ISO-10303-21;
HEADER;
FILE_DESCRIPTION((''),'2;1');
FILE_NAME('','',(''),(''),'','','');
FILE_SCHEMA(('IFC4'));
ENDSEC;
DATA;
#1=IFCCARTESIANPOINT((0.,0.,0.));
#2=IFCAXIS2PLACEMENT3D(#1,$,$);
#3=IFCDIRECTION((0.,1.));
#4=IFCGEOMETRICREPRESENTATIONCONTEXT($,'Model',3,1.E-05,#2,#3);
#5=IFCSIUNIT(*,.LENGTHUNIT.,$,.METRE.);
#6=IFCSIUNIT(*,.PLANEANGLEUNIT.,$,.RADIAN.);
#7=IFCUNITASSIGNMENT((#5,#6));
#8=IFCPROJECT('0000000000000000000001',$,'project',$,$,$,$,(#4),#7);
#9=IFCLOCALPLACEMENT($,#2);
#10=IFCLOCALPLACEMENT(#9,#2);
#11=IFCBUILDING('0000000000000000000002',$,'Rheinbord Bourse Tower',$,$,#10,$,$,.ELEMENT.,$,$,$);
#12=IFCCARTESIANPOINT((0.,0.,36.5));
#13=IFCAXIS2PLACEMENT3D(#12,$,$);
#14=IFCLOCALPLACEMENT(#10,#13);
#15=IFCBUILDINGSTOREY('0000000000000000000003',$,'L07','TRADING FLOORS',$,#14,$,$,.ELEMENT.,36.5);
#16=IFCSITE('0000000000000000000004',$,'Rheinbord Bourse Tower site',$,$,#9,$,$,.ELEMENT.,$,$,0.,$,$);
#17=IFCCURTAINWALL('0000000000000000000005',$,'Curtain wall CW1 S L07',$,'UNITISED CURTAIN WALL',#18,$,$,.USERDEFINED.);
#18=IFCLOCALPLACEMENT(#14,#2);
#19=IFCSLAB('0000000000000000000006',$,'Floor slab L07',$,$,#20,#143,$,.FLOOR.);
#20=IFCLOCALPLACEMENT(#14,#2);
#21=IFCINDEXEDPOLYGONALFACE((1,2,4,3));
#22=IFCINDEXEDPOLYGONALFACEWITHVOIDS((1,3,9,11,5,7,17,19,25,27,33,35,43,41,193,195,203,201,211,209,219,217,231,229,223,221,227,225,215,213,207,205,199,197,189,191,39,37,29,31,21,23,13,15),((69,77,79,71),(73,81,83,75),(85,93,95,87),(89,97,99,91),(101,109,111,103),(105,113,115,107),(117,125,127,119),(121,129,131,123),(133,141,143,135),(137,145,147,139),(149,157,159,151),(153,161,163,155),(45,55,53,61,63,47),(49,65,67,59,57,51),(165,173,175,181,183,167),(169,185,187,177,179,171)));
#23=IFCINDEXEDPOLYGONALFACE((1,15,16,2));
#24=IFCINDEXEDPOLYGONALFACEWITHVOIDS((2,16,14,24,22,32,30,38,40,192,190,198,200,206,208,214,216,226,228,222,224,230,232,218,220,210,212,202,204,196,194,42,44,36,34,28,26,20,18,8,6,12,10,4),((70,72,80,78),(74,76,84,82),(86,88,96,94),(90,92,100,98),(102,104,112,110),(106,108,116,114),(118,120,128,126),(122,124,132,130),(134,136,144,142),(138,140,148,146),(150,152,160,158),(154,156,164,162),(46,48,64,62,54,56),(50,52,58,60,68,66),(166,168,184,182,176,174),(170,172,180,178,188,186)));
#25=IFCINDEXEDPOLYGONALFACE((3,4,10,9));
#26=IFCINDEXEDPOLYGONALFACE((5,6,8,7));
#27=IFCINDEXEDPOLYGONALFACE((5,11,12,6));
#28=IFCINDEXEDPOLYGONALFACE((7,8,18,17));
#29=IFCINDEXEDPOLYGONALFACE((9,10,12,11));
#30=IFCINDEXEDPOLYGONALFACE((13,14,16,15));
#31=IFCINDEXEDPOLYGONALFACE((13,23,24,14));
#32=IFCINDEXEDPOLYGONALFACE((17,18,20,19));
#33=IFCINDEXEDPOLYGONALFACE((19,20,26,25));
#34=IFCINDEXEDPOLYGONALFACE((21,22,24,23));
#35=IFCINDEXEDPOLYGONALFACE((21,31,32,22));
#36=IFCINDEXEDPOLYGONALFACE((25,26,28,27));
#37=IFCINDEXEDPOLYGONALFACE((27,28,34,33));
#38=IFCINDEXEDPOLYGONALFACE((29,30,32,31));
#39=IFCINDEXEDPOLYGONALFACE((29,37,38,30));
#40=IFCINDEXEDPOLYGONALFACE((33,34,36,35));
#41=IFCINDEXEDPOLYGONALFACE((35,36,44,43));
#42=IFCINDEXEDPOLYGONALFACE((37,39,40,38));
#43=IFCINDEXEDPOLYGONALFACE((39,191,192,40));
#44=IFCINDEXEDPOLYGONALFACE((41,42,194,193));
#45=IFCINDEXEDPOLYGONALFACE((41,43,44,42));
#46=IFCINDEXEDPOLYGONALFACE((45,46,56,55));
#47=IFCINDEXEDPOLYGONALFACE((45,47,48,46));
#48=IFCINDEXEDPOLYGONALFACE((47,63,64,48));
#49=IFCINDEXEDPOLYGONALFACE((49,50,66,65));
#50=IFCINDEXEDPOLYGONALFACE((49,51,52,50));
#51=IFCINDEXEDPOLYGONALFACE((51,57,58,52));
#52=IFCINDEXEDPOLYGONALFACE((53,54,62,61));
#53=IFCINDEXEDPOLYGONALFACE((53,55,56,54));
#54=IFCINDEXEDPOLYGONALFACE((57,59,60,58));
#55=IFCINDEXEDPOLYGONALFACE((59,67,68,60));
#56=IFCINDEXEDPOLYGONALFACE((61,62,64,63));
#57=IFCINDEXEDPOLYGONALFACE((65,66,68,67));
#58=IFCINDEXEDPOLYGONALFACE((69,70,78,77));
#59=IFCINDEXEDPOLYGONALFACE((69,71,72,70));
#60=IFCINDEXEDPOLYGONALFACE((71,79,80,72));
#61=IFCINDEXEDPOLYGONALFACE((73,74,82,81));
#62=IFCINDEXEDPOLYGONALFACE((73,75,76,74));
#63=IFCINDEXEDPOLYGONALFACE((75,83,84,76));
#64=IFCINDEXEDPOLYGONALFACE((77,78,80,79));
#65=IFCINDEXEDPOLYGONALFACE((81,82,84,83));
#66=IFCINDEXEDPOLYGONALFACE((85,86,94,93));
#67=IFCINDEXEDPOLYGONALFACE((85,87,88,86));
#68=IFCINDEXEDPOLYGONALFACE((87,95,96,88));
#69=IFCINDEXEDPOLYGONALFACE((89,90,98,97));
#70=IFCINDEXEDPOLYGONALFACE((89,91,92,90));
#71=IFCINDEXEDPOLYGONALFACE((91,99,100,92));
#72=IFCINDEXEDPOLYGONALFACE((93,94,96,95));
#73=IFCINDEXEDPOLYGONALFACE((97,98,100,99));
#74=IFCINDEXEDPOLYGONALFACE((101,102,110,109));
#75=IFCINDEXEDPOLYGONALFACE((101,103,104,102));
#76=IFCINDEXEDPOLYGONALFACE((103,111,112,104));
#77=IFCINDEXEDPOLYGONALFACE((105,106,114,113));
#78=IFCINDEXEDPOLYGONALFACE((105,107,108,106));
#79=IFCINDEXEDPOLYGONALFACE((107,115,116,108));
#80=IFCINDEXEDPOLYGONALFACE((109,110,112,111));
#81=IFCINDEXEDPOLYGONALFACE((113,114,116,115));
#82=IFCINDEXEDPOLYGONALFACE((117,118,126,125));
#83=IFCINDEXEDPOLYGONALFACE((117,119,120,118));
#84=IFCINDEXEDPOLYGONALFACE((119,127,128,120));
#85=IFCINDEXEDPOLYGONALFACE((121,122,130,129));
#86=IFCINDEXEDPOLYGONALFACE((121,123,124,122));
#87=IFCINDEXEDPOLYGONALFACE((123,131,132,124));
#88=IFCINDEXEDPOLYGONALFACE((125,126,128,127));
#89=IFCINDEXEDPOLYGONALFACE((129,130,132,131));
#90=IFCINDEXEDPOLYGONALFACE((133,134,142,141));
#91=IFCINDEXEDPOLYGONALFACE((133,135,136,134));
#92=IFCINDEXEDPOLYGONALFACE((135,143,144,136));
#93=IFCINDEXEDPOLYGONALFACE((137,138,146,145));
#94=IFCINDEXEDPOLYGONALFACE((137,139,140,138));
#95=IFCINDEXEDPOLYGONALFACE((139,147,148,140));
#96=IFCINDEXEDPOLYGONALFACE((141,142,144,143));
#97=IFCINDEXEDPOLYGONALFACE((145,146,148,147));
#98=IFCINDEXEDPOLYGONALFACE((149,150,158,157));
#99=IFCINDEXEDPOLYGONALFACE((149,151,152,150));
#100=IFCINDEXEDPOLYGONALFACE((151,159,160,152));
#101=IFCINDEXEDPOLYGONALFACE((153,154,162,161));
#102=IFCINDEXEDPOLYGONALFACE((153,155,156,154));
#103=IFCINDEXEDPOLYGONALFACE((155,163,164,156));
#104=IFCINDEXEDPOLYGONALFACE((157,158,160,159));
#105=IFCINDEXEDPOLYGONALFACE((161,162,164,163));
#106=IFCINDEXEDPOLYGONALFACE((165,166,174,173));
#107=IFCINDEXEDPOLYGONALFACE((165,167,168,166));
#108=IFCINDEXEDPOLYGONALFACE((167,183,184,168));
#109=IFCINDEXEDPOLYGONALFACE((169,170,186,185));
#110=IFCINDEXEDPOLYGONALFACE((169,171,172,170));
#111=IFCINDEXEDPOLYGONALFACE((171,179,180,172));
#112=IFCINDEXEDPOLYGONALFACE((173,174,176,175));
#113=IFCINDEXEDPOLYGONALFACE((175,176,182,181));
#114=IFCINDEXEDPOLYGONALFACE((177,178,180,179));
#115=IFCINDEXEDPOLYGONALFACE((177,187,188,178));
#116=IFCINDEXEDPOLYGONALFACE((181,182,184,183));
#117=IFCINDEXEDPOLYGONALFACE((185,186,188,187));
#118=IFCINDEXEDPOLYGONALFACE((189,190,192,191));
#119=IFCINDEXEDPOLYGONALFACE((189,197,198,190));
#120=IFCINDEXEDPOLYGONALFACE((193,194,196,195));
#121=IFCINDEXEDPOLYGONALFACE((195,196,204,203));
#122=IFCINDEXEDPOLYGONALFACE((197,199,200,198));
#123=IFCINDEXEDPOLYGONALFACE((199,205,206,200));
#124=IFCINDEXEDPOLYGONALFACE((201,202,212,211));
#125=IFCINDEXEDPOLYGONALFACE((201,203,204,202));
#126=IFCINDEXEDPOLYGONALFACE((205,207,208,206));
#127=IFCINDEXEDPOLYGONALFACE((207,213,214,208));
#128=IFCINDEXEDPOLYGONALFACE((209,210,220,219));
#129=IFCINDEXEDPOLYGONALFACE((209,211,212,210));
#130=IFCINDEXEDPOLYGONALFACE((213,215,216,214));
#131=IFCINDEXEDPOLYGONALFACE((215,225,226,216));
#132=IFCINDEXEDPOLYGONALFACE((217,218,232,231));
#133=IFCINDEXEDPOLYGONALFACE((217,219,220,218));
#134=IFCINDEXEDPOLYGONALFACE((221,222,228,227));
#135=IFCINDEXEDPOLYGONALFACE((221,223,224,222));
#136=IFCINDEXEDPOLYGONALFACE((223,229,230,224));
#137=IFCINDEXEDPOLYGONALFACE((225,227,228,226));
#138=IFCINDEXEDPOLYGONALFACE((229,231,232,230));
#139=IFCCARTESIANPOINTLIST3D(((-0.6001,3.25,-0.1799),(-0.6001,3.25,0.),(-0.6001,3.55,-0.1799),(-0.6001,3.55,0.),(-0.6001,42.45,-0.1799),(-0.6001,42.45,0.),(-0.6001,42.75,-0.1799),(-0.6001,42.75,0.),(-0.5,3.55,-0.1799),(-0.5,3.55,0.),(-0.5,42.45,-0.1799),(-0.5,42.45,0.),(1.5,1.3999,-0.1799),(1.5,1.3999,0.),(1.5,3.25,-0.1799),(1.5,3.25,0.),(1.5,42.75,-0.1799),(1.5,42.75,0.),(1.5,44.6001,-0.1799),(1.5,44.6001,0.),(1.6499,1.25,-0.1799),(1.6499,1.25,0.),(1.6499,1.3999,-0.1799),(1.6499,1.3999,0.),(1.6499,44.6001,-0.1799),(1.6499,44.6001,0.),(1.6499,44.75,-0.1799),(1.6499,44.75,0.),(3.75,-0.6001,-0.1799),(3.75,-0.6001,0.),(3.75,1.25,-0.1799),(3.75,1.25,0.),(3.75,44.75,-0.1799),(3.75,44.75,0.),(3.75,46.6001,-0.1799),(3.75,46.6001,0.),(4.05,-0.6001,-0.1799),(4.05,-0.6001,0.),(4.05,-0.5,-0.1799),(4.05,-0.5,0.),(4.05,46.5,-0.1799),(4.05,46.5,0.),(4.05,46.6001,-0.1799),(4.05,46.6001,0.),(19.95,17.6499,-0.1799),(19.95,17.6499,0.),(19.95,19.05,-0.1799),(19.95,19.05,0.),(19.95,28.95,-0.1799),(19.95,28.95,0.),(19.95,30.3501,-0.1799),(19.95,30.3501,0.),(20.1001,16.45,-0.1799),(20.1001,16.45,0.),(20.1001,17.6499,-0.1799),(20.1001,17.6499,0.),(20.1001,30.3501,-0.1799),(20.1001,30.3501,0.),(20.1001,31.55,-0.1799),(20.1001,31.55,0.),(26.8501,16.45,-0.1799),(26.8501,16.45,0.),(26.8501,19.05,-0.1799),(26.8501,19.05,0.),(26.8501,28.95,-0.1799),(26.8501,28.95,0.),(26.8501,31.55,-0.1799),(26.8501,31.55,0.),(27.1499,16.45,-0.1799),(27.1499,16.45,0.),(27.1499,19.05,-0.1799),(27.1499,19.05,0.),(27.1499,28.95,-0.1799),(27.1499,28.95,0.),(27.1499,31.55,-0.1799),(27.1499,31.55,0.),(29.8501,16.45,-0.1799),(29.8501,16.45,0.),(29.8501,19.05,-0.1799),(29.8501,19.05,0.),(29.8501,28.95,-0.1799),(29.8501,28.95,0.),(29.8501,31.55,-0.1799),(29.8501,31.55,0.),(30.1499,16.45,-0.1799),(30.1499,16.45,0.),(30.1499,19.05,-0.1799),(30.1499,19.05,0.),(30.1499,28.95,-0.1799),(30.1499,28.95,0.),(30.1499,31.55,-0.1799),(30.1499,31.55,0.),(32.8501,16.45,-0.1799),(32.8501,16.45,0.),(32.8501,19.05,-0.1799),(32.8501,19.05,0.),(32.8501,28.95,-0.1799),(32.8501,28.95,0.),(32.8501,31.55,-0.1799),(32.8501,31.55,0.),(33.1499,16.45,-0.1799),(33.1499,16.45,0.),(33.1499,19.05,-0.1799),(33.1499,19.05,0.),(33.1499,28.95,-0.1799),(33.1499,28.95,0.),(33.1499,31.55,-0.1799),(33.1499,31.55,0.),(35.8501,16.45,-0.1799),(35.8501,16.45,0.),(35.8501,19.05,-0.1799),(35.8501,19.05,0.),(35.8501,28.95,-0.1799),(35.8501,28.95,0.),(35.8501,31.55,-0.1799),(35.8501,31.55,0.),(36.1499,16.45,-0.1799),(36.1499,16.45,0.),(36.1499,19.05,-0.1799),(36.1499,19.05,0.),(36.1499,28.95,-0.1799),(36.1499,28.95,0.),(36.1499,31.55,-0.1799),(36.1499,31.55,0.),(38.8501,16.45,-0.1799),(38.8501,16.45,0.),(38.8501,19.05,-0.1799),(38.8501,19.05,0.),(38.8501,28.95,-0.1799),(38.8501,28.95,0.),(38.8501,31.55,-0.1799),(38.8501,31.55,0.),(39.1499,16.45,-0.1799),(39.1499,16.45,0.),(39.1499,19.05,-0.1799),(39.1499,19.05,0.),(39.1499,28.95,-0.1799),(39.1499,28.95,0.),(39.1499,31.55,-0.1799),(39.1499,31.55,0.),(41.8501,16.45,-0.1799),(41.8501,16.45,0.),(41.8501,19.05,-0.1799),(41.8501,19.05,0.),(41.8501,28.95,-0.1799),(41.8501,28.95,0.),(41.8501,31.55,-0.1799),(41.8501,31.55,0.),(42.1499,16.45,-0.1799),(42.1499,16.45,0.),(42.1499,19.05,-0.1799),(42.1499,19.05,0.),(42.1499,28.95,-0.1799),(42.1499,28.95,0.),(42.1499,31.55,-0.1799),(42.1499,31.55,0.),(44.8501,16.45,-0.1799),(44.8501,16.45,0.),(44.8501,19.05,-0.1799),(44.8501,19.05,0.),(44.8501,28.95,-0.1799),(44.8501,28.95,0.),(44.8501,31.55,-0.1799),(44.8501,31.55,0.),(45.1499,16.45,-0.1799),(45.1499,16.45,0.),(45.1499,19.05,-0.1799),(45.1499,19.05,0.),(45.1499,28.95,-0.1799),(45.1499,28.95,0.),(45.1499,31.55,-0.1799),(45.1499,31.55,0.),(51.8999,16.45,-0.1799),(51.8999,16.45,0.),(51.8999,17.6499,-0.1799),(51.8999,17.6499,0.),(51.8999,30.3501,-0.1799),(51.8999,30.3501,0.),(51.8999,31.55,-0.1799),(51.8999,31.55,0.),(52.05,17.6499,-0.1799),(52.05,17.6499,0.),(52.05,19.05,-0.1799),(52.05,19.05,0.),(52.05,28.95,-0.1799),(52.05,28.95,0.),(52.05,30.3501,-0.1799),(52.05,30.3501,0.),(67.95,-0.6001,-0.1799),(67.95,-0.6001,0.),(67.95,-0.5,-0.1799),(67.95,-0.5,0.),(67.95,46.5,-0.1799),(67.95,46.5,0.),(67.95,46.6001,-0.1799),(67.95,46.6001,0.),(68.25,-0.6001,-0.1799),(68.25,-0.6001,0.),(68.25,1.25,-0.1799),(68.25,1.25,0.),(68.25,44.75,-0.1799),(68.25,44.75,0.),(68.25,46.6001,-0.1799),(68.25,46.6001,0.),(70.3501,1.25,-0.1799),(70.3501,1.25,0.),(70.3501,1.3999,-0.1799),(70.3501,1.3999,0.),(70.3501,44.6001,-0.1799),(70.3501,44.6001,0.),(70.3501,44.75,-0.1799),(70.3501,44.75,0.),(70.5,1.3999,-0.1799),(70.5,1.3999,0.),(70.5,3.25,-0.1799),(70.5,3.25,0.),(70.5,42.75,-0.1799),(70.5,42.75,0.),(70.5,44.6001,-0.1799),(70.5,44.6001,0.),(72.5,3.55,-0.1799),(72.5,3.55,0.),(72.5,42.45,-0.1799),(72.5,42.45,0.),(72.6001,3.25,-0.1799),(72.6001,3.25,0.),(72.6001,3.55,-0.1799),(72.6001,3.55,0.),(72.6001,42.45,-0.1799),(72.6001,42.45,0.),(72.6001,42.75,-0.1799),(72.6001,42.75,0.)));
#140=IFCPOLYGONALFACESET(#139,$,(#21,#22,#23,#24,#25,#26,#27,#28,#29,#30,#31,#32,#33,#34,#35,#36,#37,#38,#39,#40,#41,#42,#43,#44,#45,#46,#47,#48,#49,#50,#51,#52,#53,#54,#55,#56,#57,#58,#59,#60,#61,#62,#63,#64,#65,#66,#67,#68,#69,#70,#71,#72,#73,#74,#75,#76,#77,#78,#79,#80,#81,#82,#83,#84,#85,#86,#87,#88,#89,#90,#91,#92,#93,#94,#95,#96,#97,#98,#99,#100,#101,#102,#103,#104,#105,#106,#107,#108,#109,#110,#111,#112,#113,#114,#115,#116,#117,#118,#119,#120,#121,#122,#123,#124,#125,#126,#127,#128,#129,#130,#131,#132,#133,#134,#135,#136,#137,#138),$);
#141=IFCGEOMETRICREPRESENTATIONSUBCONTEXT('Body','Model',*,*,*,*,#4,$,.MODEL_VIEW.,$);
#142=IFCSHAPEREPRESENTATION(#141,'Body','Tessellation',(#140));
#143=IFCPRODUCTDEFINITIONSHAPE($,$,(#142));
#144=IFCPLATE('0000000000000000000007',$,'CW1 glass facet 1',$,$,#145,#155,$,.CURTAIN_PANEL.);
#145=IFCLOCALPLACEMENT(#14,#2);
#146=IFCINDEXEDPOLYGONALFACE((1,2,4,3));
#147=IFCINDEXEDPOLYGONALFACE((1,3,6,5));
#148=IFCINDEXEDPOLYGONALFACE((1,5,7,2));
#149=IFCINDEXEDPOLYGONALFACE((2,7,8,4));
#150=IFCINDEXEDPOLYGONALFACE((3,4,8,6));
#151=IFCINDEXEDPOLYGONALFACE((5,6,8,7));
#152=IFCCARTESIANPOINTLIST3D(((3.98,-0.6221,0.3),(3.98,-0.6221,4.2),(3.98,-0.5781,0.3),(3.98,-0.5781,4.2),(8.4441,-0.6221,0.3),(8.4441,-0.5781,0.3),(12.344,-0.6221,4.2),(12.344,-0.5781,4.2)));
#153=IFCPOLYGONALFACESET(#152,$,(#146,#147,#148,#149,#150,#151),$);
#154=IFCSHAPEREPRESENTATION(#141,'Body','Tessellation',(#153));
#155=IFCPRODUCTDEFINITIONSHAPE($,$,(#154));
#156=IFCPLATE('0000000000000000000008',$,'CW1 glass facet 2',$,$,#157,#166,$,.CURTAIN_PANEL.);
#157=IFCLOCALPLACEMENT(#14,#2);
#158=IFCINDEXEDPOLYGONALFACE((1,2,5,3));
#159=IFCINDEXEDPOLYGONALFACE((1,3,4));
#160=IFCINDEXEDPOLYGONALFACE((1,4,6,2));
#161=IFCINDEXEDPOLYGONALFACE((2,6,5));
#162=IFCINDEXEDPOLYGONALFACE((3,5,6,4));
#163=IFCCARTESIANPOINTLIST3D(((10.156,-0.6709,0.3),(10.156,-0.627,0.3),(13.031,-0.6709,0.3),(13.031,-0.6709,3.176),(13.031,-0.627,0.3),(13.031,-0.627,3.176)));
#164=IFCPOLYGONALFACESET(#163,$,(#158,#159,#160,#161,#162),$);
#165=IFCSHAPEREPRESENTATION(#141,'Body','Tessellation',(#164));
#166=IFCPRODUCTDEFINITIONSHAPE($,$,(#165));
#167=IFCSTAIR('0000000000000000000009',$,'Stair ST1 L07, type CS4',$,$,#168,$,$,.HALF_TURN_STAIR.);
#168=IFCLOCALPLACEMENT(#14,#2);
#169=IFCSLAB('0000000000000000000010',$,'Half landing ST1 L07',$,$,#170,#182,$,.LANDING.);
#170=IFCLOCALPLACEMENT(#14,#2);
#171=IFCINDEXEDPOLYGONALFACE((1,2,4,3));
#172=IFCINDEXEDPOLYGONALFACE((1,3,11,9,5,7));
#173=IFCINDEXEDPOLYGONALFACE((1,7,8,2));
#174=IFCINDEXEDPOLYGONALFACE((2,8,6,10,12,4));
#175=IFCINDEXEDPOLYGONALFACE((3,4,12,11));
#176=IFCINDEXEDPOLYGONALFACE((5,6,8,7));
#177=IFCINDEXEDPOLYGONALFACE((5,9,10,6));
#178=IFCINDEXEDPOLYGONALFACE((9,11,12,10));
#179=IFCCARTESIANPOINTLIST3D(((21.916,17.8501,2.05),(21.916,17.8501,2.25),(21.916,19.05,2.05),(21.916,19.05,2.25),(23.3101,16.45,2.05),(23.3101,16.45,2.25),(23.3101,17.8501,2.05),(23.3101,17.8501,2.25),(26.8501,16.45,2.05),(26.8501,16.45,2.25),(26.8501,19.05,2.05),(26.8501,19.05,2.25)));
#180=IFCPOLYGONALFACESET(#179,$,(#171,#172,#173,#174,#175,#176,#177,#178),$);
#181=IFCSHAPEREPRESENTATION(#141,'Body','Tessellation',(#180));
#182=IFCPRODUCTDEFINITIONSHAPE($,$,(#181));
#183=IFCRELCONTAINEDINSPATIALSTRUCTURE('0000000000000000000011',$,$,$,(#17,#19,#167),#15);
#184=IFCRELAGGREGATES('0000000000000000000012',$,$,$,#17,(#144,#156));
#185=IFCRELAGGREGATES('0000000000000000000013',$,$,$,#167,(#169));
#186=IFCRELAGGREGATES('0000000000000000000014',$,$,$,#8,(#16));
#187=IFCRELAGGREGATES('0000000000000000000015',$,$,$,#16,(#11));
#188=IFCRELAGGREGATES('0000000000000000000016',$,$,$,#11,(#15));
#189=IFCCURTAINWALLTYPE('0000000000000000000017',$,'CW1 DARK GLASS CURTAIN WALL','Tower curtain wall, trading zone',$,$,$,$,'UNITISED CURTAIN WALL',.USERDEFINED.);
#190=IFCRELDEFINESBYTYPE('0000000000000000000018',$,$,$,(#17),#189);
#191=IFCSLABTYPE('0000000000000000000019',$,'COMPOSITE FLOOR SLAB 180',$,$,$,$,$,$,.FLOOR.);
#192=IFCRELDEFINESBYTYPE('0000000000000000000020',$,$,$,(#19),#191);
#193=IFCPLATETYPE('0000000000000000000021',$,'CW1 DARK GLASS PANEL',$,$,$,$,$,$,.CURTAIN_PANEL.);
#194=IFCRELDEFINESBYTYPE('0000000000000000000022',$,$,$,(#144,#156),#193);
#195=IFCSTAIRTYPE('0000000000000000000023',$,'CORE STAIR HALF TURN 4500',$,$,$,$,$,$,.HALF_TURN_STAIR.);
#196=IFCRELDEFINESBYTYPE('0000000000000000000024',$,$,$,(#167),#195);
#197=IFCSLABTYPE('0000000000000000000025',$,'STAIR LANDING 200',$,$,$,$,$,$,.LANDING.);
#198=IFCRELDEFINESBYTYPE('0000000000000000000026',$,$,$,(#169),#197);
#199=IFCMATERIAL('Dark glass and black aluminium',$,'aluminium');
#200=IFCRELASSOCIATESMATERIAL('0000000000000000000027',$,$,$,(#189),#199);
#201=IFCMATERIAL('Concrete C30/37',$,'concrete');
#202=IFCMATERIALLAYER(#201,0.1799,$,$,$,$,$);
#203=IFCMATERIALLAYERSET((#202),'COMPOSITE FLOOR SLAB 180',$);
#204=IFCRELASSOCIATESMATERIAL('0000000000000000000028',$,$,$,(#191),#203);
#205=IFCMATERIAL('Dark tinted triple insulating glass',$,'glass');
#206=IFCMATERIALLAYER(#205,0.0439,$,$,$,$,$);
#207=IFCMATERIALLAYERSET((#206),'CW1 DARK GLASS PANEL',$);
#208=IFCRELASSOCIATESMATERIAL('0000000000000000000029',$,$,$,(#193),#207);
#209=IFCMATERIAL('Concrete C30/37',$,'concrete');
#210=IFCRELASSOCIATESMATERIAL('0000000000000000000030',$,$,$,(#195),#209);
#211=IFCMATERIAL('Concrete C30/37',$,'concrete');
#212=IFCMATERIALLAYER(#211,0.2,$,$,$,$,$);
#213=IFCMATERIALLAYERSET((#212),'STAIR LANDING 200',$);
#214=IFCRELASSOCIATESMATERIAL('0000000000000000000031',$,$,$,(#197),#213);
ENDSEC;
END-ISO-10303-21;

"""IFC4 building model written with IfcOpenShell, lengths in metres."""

from ifc_helpers import new_model, si_unit, direction, frame, origin, place, context, subcontext, project, spatial, polyline, outline, extrude, material, layer, layer_set, type_object, element, aggregate, save


model = new_model("IFC4")

# Units and contexts
model_context = context("Model", 3, precision=1e-05, world=origin(), true_north=direction((0.0, 1.0)))
body_context = subcontext(model_context, "Body", "Model", "MODEL_VIEW")
ifc_project = project(units=[si_unit("LENGTHUNIT", "METRE"), si_unit("PLANEANGLEUNIT", "RADIAN")], contexts=[model_context])

# Site, building, storey
site_placement = place(None, origin())
site = spatial("IfcSite", under=ifc_project, at=site_placement, Name="Rheinbord Bourse Tower site", CompositionType="ELEMENT", RefElevation=0.0)
building_placement = place(site_placement, origin())
building = spatial("IfcBuilding", under=site, at=building_placement, Name="Rheinbord Bourse Tower", CompositionType="ELEMENT")
storey_placement = place(building_placement, frame((0.0, 0.0, 36.5)))
storey = spatial("IfcBuildingStorey", under=building, at=storey_placement, Name="L07", Description="TRADING FLOORS", CompositionType="ELEMENT", Elevation=36.5)

# Curtain wall
ifc_material_1 = material(Name="Dark glass and black aluminium", Category="aluminium")
curtain_wall_type = type_object("IfcCurtainWallType", Name="CW1 DARK GLASS CURTAIN WALL", Description="Tower curtain wall, trading zone", ElementType="UNITISED CURTAIN WALL", PredefinedType="USERDEFINED", material=ifc_material_1)
curtain_wall_placement = place(storey_placement, origin())
curtain_wall = element("IfcCurtainWall", 1, at=curtain_wall_placement, inside=storey, type_object=curtain_wall_type, Name="Curtain wall CW1 S L07", ObjectType="UNITISED CURTAIN WALL", PredefinedType="USERDEFINED")

# Slab
ifc_material_2 = material(Name="Concrete C30/37", Category="concrete")
ifc_layer_1 = layer(ifc_material_2, 0.1799)
ifc_layer_set_1 = layer_set([ifc_layer_1], Name="COMPOSITE FLOOR SLAB 180")
slab_type_1 = type_object("IfcSlabType", Name="COMPOSITE FLOOR SLAB 180", PredefinedType="FLOOR", material=ifc_layer_set_1)
slab_1_placement = place(storey_placement, frame((0.0, 0.0, -0.1799)))
element("IfcSlab", 2, at=slab_1_placement, inside=storey, type_object=slab_type_1, Name="Floor slab L07", PredefinedType="FLOOR", context=body_context, shape_type="SweptSolid", body=[
    extrude(outline(polyline([(1.6499, 1.3999), (1.5, 1.3999), (1.5, 3.25), (-0.6001, 3.25), (-0.6001, 3.55), (-0.5, 3.55), (-0.5, 42.45), (-0.6001, 42.45), (-0.6001, 42.75), (1.5, 42.75), (1.5, 44.6001), (1.6499, 44.6001), (1.6499, 44.75), (3.75, 44.75), (3.75, 46.6001), (4.05, 46.6001), (4.05, 46.5), (67.95, 46.5), (67.95, 46.6001), (68.25, 46.6001), (68.25, 44.75), (70.3501, 44.75), (70.3501, 44.6001), (70.5, 44.6001), (70.5, 42.75), (72.6001, 42.75), (72.6001, 42.45), (72.5, 42.45), (72.5, 3.55), (72.6001, 3.55), (72.6001, 3.25), (70.5, 3.25), (70.5, 1.3999), (70.3501, 1.3999), (70.3501, 1.25), (68.25, 1.25), (68.25, -0.6001), (67.95, -0.6001), (67.95, -0.5), (4.05, -0.5), (4.05, -0.6001), (3.75, -0.6001), (3.75, 1.25), (1.6499, 1.25), (1.6499, 1.3999)]), holes=[polyline([(19.95, 19.05), (26.8501, 19.05), (26.8501, 16.45), (20.1001, 16.45), (20.1001, 17.6499), (19.95, 17.6499), (19.95, 19.05)]), polyline([(26.8501, 31.55), (26.8501, 28.95), (19.95, 28.95), (19.95, 30.3501), (20.1001, 30.3501), (20.1001, 31.55), (26.8501, 31.55)]), polyline([(45.1499, 16.45), (45.1499, 19.05), (52.05, 19.05), (52.05, 17.6499), (51.8999, 17.6499), (51.8999, 16.45), (45.1499, 16.45)]), polyline([(52.05, 28.95), (45.1499, 28.95), (45.1499, 31.55), (51.8999, 31.55), (51.8999, 30.3501), (52.05, 30.3501), (52.05, 28.95)]), polyline([(27.1499, 16.45), (27.1499, 19.05), (29.8501, 19.05), (29.8501, 16.45), (27.1499, 16.45)]), polyline([(27.1499, 28.95), (27.1499, 31.55), (29.8501, 31.55), (29.8501, 28.95), (27.1499, 28.95)]), polyline([(30.1499, 16.45), (30.1499, 19.05), (32.8501, 19.05), (32.8501, 16.45), (30.1499, 16.45)]), polyline([(30.1499, 28.95), (30.1499, 31.55), (32.8501, 31.55), (32.8501, 28.95), (30.1499, 28.95)]), polyline([(33.1499, 16.45), (33.1499, 19.05), (35.8501, 19.05), (35.8501, 16.45), (33.1499, 16.45)]), polyline([(33.1499, 28.95), (33.1499, 31.55), (35.8501, 31.55), (35.8501, 28.95), (33.1499, 28.95)]), polyline([(36.1499, 16.45), (36.1499, 19.05), (38.8501, 19.05), (38.8501, 16.45), (36.1499, 16.45)]), polyline([(36.1499, 28.95), (36.1499, 31.55), (38.8501, 31.55), (38.8501, 28.95), (36.1499, 28.95)]), polyline([(39.1499, 16.45), (39.1499, 19.05), (41.8501, 19.05), (41.8501, 16.45), (39.1499, 16.45)]), polyline([(39.1499, 28.95), (39.1499, 31.55), (41.8501, 31.55), (41.8501, 28.95), (39.1499, 28.95)]), polyline([(42.1499, 16.45), (42.1499, 19.05), (44.8501, 19.05), (44.8501, 16.45), (42.1499, 16.45)]), polyline([(42.1499, 28.95), (42.1499, 31.55), (44.8501, 31.55), (44.8501, 28.95), (42.1499, 28.95)])]), origin(), (0.0, 0.0, 1.0), 0.1799),
])

# Plates
ifc_material_3 = material(Name="Dark tinted triple insulating glass", Category="glass")
ifc_layer_2 = layer(ifc_material_3, 0.0439)
ifc_layer_set_2 = layer_set([ifc_layer_2], Name="CW1 DARK GLASS PANEL")
plate_type = type_object("IfcPlateType", Name="CW1 DARK GLASS PANEL", PredefinedType="CURTAIN_PANEL", material=ifc_layer_set_2)
plate_1_placement = place(storey_placement, frame((3.98, -0.6221, 0.3), z_axis=(0.0, 1.0, 0.0), x_axis=(0.0, 0.0, 1.0)))
plate_1 = element("IfcPlate", 3, at=plate_1_placement, type_object=plate_type, Name="CW1 glass facet 1", PredefinedType="CURTAIN_PANEL", context=body_context, shape_type="SweptSolid", body=[
    extrude(outline(polyline([(0.0, 0.0), (3.8999, 0.0), (3.8999, 8.364), (0.0, 4.4641), (0.0, 0.0)])), origin(), (0.0, 0.0, 1.0), 0.0439),
])
plate_2_placement = place(storey_placement, frame((13.031, -0.6709, 0.3), z_axis=(0.0, 1.0, 0.0), x_axis=(-1.0, 0.0, 0.0)))
plate_2 = element("IfcPlate", 4, at=plate_2_placement, type_object=plate_type, Name="CW1 glass facet 2", PredefinedType="CURTAIN_PANEL", context=body_context, shape_type="SweptSolid", body=[
    extrude(outline(polyline([(0.0, 0.0), (2.875, 0.0), (0.0, 2.876), (0.0, 0.0)])), origin(), (0.0, 0.0, 1.0), 0.0439),
])
aggregate(curtain_wall, [plate_1, plate_2])

# Stair, slab
ifc_material_4 = material(Name="Concrete C30/37", Category="concrete")
stair_type = type_object("IfcStairType", Name="CORE STAIR HALF TURN 4500", PredefinedType="HALF_TURN_STAIR", material=ifc_material_4)
stair_1_placement = place(storey_placement, origin())
stair_1 = element("IfcStair", 5, at=stair_1_placement, inside=storey, type_object=stair_type, Name="Stair ST1 L07, type CS4", PredefinedType="HALF_TURN_STAIR")
ifc_material_5 = material(Name="Concrete C30/37", Category="concrete")
ifc_layer_3 = layer(ifc_material_5, 0.2)
ifc_layer_set_3 = layer_set([ifc_layer_3], Name="STAIR LANDING 200")
slab_type_2 = type_object("IfcSlabType", Name="STAIR LANDING 200", PredefinedType="LANDING", material=ifc_layer_set_3)
slab_2_placement = place(storey_placement, frame((0.0, 0.0, 2.05)))
slab_2 = element("IfcSlab", 6, at=slab_2_placement, type_object=slab_type_2, Name="Half landing ST1 L07", PredefinedType="LANDING", context=body_context, shape_type="SweptSolid", body=[
    extrude(outline(polyline([(23.3101, 16.45), (26.8501, 16.45), (26.8501, 19.05), (21.916, 19.05), (21.916, 17.8501), (23.3101, 17.8501), (23.3101, 16.45)])), origin(), (0.0, 0.0, 1.0), 0.2),
])
aggregate(stair_1, [slab_2])

save(model, "model.ifc")
